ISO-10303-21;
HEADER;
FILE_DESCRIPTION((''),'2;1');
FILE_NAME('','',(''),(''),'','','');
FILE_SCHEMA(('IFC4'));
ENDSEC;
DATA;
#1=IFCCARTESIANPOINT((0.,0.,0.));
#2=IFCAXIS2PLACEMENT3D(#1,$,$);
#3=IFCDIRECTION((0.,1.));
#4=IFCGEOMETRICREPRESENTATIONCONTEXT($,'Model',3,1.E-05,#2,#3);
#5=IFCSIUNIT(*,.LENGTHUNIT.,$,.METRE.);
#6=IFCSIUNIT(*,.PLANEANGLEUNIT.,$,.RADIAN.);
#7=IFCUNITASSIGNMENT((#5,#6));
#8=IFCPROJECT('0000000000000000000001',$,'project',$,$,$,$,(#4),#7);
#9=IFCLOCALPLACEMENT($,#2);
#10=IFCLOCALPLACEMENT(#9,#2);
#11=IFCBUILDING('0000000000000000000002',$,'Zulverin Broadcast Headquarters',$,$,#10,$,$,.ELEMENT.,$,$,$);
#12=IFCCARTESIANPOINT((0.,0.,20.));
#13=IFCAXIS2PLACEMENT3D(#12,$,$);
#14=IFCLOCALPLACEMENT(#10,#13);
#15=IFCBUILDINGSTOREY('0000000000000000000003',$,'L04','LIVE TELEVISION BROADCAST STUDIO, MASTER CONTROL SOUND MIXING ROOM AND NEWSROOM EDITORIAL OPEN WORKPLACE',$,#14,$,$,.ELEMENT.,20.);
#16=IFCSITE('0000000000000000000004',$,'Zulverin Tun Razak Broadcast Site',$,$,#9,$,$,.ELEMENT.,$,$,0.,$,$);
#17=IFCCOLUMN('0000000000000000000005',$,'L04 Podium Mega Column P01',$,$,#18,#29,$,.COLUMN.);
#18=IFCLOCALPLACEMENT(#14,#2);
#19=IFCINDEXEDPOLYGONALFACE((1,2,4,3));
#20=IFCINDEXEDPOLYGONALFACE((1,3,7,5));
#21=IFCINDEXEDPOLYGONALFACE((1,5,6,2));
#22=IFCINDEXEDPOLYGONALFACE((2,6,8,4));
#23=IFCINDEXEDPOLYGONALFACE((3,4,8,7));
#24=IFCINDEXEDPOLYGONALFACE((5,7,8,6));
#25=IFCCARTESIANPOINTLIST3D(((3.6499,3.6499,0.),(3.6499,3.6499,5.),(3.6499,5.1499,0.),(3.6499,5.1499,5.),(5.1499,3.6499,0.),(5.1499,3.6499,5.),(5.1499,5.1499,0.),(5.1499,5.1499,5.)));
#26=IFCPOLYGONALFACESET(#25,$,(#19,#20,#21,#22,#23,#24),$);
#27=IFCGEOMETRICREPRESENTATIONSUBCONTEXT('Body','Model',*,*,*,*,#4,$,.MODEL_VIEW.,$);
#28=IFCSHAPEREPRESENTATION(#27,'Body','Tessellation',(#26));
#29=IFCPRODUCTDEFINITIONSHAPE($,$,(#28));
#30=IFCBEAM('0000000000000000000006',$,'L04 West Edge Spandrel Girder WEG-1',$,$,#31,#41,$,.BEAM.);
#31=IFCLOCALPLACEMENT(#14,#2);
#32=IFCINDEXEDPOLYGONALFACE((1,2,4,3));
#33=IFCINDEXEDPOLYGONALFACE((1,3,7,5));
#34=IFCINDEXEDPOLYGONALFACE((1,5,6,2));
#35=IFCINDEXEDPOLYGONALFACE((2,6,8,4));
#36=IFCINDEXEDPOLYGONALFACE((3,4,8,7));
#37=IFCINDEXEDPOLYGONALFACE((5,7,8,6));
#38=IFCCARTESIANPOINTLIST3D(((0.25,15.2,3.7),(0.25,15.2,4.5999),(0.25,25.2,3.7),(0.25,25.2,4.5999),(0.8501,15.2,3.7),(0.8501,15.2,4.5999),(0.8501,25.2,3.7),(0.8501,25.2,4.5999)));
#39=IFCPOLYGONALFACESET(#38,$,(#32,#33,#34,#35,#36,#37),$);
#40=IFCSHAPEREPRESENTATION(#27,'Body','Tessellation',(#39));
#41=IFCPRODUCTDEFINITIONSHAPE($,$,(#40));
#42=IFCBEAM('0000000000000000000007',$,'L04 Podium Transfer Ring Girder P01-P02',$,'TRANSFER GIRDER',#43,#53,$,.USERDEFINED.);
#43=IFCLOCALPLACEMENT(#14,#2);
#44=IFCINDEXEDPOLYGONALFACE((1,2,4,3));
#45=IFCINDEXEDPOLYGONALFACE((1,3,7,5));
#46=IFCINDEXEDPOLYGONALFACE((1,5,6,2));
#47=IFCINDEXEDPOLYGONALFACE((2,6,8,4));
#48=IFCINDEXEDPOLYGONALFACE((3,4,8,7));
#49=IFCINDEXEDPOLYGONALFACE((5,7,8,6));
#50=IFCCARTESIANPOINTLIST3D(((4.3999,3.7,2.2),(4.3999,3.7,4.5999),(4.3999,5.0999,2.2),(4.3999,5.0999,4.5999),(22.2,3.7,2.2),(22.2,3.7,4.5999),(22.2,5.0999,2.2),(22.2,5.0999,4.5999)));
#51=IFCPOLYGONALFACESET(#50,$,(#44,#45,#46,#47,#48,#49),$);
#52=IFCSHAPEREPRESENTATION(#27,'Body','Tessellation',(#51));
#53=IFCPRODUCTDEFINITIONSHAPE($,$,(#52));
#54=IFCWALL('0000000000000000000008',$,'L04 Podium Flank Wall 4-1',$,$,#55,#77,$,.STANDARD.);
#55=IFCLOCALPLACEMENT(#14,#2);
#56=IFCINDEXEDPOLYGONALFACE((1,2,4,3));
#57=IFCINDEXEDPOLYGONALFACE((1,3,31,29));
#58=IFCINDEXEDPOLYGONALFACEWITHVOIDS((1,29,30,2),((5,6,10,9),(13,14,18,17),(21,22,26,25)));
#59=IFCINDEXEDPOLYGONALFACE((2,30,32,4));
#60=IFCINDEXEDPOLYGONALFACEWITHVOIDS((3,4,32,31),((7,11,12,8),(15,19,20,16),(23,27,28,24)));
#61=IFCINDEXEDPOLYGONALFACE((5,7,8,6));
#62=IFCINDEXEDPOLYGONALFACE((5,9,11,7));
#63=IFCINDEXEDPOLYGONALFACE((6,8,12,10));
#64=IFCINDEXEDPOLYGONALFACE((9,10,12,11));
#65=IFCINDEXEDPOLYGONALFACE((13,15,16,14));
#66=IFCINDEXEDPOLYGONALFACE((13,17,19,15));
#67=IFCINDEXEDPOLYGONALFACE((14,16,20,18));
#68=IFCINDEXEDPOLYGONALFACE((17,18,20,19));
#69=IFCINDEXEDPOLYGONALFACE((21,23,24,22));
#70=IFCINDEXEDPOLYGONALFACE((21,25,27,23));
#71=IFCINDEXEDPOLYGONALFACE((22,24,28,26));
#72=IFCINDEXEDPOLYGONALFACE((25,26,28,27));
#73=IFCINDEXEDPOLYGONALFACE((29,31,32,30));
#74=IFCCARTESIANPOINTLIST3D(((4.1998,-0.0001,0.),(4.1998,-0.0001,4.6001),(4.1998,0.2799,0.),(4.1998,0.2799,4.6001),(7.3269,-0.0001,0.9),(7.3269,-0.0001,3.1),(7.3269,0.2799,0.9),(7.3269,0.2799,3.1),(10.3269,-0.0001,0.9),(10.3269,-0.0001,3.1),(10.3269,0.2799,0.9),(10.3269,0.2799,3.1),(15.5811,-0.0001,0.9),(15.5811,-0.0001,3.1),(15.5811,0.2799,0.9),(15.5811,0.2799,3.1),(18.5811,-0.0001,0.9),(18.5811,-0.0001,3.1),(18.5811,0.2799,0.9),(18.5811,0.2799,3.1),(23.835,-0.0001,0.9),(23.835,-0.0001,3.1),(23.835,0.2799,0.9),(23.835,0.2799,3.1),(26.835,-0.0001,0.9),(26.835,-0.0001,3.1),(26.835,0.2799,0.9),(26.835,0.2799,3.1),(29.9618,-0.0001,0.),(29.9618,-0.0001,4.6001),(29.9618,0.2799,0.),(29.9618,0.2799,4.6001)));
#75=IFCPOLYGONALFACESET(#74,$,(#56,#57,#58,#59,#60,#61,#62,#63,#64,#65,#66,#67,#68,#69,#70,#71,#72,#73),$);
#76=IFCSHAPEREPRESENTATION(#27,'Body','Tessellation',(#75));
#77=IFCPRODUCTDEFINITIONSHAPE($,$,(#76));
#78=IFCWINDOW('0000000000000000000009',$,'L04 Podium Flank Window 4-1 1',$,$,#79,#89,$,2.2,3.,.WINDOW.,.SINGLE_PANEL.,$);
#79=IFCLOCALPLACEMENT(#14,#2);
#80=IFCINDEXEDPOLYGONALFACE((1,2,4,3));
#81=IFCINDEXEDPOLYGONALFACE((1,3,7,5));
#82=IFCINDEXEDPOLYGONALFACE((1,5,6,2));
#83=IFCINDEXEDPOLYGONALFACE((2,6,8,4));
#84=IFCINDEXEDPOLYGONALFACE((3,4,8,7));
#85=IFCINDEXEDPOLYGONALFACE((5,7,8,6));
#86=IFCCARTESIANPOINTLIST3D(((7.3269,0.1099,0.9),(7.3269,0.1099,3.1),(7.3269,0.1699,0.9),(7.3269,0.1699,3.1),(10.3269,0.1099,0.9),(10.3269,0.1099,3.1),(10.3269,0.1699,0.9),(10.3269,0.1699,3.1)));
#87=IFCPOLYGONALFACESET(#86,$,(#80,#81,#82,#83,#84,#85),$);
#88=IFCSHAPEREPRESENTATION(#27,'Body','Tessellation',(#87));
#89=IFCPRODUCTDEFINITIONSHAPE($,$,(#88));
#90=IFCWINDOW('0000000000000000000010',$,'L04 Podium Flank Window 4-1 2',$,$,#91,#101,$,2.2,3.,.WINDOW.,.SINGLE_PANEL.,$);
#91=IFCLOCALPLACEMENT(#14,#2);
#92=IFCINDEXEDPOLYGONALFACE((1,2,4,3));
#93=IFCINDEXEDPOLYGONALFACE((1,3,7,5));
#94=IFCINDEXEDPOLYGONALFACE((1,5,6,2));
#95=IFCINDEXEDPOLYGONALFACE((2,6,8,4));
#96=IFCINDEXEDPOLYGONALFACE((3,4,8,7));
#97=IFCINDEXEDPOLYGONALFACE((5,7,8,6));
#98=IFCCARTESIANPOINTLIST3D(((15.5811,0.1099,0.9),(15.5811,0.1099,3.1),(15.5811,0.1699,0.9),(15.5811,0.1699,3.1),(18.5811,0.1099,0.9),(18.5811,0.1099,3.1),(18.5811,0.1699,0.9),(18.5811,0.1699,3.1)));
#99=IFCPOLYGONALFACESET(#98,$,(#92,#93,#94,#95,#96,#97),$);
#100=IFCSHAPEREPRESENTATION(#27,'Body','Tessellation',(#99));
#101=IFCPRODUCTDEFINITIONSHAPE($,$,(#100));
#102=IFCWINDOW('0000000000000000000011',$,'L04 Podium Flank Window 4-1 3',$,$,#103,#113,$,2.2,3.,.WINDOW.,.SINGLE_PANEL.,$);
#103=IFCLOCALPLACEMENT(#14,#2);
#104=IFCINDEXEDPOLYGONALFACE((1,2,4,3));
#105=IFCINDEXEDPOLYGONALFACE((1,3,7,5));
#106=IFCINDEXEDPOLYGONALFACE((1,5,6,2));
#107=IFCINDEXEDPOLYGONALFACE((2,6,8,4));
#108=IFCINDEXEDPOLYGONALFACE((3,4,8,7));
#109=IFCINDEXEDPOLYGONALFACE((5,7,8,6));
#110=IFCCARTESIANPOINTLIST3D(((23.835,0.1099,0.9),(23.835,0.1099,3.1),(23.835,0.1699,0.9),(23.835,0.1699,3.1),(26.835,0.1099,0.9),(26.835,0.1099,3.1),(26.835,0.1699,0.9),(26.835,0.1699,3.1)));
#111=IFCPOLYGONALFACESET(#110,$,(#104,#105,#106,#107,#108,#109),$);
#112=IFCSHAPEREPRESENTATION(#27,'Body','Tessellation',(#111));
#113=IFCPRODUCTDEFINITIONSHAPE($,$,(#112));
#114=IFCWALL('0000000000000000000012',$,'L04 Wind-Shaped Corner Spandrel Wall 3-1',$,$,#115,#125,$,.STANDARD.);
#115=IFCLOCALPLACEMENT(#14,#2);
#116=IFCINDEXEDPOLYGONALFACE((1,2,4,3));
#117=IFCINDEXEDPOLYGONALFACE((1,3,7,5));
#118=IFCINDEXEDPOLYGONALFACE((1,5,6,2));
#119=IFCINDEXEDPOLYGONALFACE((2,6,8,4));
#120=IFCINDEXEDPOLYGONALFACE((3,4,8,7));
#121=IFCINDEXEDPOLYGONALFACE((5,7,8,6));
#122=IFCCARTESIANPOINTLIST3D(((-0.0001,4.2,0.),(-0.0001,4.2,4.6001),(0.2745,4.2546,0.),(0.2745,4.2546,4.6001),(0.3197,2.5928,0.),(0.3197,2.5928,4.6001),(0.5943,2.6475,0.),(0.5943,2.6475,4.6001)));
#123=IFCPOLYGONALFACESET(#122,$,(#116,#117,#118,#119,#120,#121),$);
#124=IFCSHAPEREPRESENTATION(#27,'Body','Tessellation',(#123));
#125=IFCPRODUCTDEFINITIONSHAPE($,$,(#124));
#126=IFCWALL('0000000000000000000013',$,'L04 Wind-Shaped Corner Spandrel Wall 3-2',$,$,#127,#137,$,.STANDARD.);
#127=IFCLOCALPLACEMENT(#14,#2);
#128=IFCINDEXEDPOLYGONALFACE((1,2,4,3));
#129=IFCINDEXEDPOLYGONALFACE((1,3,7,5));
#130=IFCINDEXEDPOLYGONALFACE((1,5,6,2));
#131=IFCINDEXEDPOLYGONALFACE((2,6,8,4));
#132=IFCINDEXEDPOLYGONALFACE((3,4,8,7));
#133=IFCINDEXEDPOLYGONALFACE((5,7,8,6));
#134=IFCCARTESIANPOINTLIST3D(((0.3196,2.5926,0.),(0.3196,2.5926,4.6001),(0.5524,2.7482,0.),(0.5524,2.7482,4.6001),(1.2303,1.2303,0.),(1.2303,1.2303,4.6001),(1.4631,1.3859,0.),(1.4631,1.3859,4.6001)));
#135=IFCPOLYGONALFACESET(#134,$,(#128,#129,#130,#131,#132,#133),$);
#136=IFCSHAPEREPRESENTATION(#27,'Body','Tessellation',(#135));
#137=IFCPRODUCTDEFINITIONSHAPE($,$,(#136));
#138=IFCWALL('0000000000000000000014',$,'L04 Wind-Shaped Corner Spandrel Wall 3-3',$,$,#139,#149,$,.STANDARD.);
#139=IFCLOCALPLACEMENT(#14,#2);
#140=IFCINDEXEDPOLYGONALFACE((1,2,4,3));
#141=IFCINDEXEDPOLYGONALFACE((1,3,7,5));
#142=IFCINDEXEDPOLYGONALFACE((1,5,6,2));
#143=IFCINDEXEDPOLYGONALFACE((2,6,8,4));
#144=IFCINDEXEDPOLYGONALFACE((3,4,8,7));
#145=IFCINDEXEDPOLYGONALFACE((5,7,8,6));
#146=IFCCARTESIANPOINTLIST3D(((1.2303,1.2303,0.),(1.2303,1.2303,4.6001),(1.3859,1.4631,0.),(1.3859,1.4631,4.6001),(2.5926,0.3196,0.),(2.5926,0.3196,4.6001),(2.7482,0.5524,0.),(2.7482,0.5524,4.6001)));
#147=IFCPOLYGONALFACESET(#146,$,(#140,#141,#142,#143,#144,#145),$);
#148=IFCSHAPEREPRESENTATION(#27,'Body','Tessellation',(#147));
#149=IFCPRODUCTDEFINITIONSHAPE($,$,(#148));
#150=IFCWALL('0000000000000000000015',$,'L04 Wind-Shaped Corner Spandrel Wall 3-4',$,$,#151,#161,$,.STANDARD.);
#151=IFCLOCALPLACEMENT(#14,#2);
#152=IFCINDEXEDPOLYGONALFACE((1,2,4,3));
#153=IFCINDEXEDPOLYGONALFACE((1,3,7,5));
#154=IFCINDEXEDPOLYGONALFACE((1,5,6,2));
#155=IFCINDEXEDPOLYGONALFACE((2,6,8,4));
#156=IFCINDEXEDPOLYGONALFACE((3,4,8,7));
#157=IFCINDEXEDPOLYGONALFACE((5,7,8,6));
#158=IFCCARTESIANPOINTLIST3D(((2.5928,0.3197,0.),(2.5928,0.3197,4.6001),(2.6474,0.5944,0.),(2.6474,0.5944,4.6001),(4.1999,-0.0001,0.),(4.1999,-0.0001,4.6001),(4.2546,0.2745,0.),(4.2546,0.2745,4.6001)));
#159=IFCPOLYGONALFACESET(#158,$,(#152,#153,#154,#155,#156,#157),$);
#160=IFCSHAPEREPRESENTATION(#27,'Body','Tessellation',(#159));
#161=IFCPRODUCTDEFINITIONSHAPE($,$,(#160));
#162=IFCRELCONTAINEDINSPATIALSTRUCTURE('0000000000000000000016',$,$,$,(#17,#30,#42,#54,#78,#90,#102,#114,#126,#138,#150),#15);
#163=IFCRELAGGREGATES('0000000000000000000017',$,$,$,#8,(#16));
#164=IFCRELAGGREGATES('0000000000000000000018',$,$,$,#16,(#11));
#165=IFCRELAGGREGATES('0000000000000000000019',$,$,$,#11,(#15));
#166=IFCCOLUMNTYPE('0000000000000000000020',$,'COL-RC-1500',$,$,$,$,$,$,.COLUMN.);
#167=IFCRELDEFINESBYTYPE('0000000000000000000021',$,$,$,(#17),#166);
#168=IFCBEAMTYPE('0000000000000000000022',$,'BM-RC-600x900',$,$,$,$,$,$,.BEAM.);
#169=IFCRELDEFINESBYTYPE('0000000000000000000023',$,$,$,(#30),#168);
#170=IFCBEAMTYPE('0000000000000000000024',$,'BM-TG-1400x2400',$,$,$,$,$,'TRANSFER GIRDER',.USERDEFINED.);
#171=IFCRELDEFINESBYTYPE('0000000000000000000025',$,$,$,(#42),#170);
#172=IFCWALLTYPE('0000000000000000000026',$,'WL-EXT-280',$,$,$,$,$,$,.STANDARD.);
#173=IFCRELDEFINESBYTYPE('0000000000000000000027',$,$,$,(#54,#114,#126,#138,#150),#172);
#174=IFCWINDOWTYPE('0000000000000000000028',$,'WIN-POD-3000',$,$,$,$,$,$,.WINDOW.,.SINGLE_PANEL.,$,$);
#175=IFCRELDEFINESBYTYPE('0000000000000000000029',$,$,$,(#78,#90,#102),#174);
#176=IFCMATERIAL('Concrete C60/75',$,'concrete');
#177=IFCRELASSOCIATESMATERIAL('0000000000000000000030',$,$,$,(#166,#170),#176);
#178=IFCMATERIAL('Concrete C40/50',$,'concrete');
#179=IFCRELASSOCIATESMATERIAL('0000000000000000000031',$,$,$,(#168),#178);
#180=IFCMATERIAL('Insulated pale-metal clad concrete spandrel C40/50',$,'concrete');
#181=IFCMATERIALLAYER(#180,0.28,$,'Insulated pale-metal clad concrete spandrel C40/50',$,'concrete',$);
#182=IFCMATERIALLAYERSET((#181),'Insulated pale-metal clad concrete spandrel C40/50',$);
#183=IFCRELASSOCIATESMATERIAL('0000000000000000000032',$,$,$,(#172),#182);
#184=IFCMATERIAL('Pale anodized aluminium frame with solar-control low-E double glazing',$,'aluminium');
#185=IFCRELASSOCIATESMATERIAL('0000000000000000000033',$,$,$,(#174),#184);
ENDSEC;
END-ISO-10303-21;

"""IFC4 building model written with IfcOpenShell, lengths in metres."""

from ifc_helpers import new_model, si_unit, direction, frame, frame_2d, origin, origin_2d, place, context, subcontext, project, spatial, rectangle, extrude, material, layer, layer_set, material_profile, profile_set, type_object, element, fill, save


model = new_model("IFC4")

# Units and contexts
model_context = context("Model", 3, precision=1e-05, world=origin(), true_north=direction((0.0, 1.0)))
body_context = subcontext(model_context, "Body", "Model", "MODEL_VIEW")
ifc_project = project(units=[si_unit("LENGTHUNIT", "METRE"), si_unit("PLANEANGLEUNIT", "RADIAN")], contexts=[model_context])

# Site, building, storey
site_placement = place(None, origin())
site = spatial("IfcSite", under=ifc_project, at=site_placement, Name="Zulverin Tun Razak Broadcast Site", CompositionType="ELEMENT", RefElevation=0.0)
building_placement = place(site_placement, origin())
building = spatial("IfcBuilding", under=site, at=building_placement, Name="Zulverin Broadcast Headquarters", CompositionType="ELEMENT")
storey_placement = place(building_placement, frame((0.0, 0.0, 20.0)))
storey = spatial("IfcBuildingStorey", under=building, at=storey_placement, Name="L04", Description="LIVE TELEVISION BROADCAST STUDIO, MASTER CONTROL SOUND MIXING ROOM AND NEWSROOM EDITORIAL OPEN WORKPLACE", CompositionType="ELEMENT", Elevation=20.0)

# Column
ifc_material_1 = material(Name="Concrete C60/75", Category="concrete")
ifc_material_profile_1 = material_profile(ifc_material_1, rectangle(XDim=1.5, YDim=1.5, at=origin_2d()), Name="Concrete C60/75", Category="concrete")
ifc_profile_set_1 = profile_set([ifc_material_profile_1], Name="Concrete C60/75")
column_type = type_object("IfcColumnType", Name="COL-RC-1500", PredefinedType="COLUMN", material=ifc_profile_set_1)
column_placement = place(storey_placement, frame((4.3999, 4.3999, 0.0), z_axis=(0.0, 0.0, 1.0), x_axis=(1.0, 0.0, 0.0)))
element("IfcColumn", 1, at=column_placement, inside=storey, type_object=column_type, Name="L04 Podium Mega Column P01", PredefinedType="COLUMN", context=body_context, shape_type="SweptSolid", body=[
    extrude(rectangle(XDim=1.5, YDim=1.5, at=origin_2d()), origin(), (0.0, 0.0, 1.0), 5.0),
])

# Beams
ifc_material_2 = material(Name="Concrete C40/50", Category="concrete")
ifc_material_profile_2 = material_profile(ifc_material_2, rectangle(XDim=0.6001, YDim=0.8999, at=origin_2d()), Name="Concrete C40/50", Category="concrete")
ifc_profile_set_2 = profile_set([ifc_material_profile_2], Name="Concrete C40/50")
beam_type_1 = type_object("IfcBeamType", Name="BM-RC-600x900", PredefinedType="BEAM", material=ifc_profile_set_2)
beam_1_placement = place(storey_placement, frame((0.55, 15.2, 4.1499), z_axis=(0.0, 1.0, 0.0), x_axis=(-1.0, 0.0, 0.0)))
element("IfcBeam", 2, at=beam_1_placement, inside=storey, type_object=beam_type_1, Name="L04 West Edge Spandrel Girder WEG-1", PredefinedType="BEAM", context=body_context, shape_type="SweptSolid", body=[
    extrude(rectangle(XDim=0.6001, YDim=0.8999, at=origin_2d()), origin(), (0.0, 0.0, 1.0), 10.0),
])
ifc_material_profile_3 = material_profile(ifc_material_1, rectangle(XDim=1.3999, YDim=2.3999, at=origin_2d()), Name="Concrete C60/75", Category="concrete")
ifc_profile_set_3 = profile_set([ifc_material_profile_3], Name="Concrete C60/75")
beam_type_2 = type_object("IfcBeamType", Name="BM-TG-1400x2400", ElementType="TRANSFER GIRDER", PredefinedType="USERDEFINED", material=ifc_profile_set_3)
beam_2_placement = place(storey_placement, frame((4.3999, 4.3999, 3.3999), z_axis=(1.0, 0.0, 0.0), x_axis=(0.0, 1.0, 0.0)))
element("IfcBeam", 3, at=beam_2_placement, inside=storey, type_object=beam_type_2, Name="L04 Podium Transfer Ring Girder P01-P02", ObjectType="TRANSFER GIRDER", PredefinedType="USERDEFINED", context=body_context, shape_type="SweptSolid", body=[
    extrude(rectangle(XDim=1.3999, YDim=2.3999, at=origin_2d()), origin(), (0.0, 0.0, 1.0), 17.8),
])

# Wall, openings, windows
ifc_material_3 = material(Name="Insulated pale-metal clad concrete spandrel C40/50", Category="concrete")
ifc_layer_1 = layer(ifc_material_3, 0.28, Name="Insulated pale-metal clad concrete spandrel C40/50", Category="concrete")
ifc_layer_set_1 = layer_set([ifc_layer_1], Name="Insulated pale-metal clad concrete spandrel C40/50")
wall_type_1 = type_object("IfcWallType", Name="WL-EXT-280", PredefinedType="STANDARD", material=ifc_layer_set_1)
wall_1_placement = place(storey_placement, frame((4.2, 0.1399, 0.0), z_axis=(0.0, 0.0, 1.0), x_axis=(1.0, 0.0, 0.0)))
wall_1 = element("IfcWall", 4, at=wall_1_placement, inside=storey, type_object=wall_type_1, Name="L04 Podium Flank Wall 4-1", PredefinedType="STANDARD", context=body_context, shape_type="SweptSolid", body=[
    extrude(rectangle(XDim=25.762, YDim=0.28, at=frame_2d((12.8809, 0.0))), origin(), (0.0, 0.0, 1.0), 4.6001),
])
opening_1_placement = place(wall_1_placement, frame((3.127, 0.0, 0.8999)))
opening_1 = element("IfcOpeningElement", 5, at=opening_1_placement, cuts=wall_1, PredefinedType="OPENING", context=body_context, shape_type="SweptSolid", body=[
    extrude(rectangle(XDim=3.0, YDim=2.2, at=frame_2d((1.5, 1.1001))), frame((0.0, 0.1499, 0.0), z_axis=(0.0, -1.0, 0.0), x_axis=(1.0, 0.0, 0.0)), (0.0, 0.0, 1.0), 0.3),
])
opening_2_placement = place(wall_1_placement, frame((11.3811, 0.0, 0.8999)))
opening_2 = element("IfcOpeningElement", 6, at=opening_2_placement, cuts=wall_1, PredefinedType="OPENING", context=body_context, shape_type="SweptSolid", body=[
    extrude(rectangle(XDim=3.0, YDim=2.2, at=frame_2d((1.5, 1.1001))), frame((0.0, 0.1499, 0.0), z_axis=(0.0, -1.0, 0.0), x_axis=(1.0, 0.0, 0.0)), (0.0, 0.0, 1.0), 0.3),
])
opening_3_placement = place(wall_1_placement, frame((19.635, 0.0, 0.8999)))
opening_3 = element("IfcOpeningElement", 7, at=opening_3_placement, cuts=wall_1, PredefinedType="OPENING", context=body_context, shape_type="SweptSolid", body=[
    extrude(rectangle(XDim=3.0, YDim=2.2, at=frame_2d((1.5, 1.1001))), frame((0.0, 0.1499, 0.0), z_axis=(0.0, -1.0, 0.0), x_axis=(1.0, 0.0, 0.0)), (0.0, 0.0, 1.0), 0.3),
])
ifc_material_4 = material(Name="Pale anodized aluminium frame with solar-control low-E double glazing", Category="aluminium")
window_type = type_object("IfcWindowType", Name="WIN-POD-3000", PartitioningType="SINGLE_PANEL", PredefinedType="WINDOW", material=ifc_material_4)
window_1_placement = place(opening_1_placement, origin())
window_1 = element("IfcWindow", 8, at=window_1_placement, inside=storey, type_object=window_type, Name="L04 Podium Flank Window 4-1 1", OverallHeight=2.2, OverallWidth=3.0, PartitioningType="SINGLE_PANEL", PredefinedType="WINDOW", context=body_context, shape_type="SweptSolid", body=[
    extrude(rectangle(XDim=3.0, YDim=2.2, at=frame_2d((1.5, 1.1001))), frame((0.0, 0.03, 0.0), z_axis=(0.0, -1.0, 0.0), x_axis=(1.0, 0.0, 0.0)), (0.0, 0.0, 1.0), 0.0601),
])
fill(opening_1, window_1)
window_2_placement = place(opening_2_placement, origin())
window_2 = element("IfcWindow", 9, at=window_2_placement, inside=storey, type_object=window_type, Name="L04 Podium Flank Window 4-1 2", OverallHeight=2.2, OverallWidth=3.0, PartitioningType="SINGLE_PANEL", PredefinedType="WINDOW", context=body_context, shape_type="SweptSolid", body=[
    extrude(rectangle(XDim=3.0, YDim=2.2, at=frame_2d((1.5, 1.1001))), frame((0.0, 0.03, 0.0), z_axis=(0.0, -1.0, 0.0), x_axis=(1.0, 0.0, 0.0)), (0.0, 0.0, 1.0), 0.0601),
])
fill(opening_2, window_2)
window_3_placement = place(opening_3_placement, origin())
window_3 = element("IfcWindow", 10, at=window_3_placement, inside=storey, type_object=window_type, Name="L04 Podium Flank Window 4-1 3", OverallHeight=2.2, OverallWidth=3.0, PartitioningType="SINGLE_PANEL", PredefinedType="WINDOW", context=body_context, shape_type="SweptSolid", body=[
    extrude(rectangle(XDim=3.0, YDim=2.2, at=frame_2d((1.5, 1.1001))), frame((0.0, 0.03, 0.0), z_axis=(0.0, -1.0, 0.0), x_axis=(1.0, 0.0, 0.0)), (0.0, 0.0, 1.0), 0.0601),
])
fill(opening_3, window_3)

# Walls
for number, where, z_axis, x_axis, name in (
    (11, (0.1372, 4.2273, 0.0), (0.0, 0.0, 1.0), (0.195171, -0.980769, 0.0), "L04 Wind-Shaped Corner Spandrel Wall 3-1"),
    (12, (0.436, 2.6704, 0.0), (0.0, 0.0, 1.0), (0.555731, -0.831362, 0.0), "L04 Wind-Shaped Corner Spandrel Wall 3-2"),
    (13, (1.3081, 1.3467, 0.0), (0.0, 0.0, 1.0), (0.831362, -0.555731, 0.0), "L04 Wind-Shaped Corner Spandrel Wall 3-3"),
    (14, (2.6201, 0.457, 0.0), (0.0, 0.0, 1.0), (0.980769, -0.195171, 0.0), "L04 Wind-Shaped Corner Spandrel Wall 3-4"),
):
    element("IfcWall", number, at=place(storey_placement, frame(where, z_axis=z_axis, x_axis=x_axis)), inside=storey, type_object=wall_type_1, Name=name, PredefinedType="STANDARD", context=body_context, shape_type="SweptSolid", body=[
        extrude(rectangle(XDim=1.6387, YDim=0.28, at=frame_2d((0.8193, 0.0))), origin(), (0.0, 0.0, 1.0), 4.6001),
    ])

save(model, "model.ifc")
